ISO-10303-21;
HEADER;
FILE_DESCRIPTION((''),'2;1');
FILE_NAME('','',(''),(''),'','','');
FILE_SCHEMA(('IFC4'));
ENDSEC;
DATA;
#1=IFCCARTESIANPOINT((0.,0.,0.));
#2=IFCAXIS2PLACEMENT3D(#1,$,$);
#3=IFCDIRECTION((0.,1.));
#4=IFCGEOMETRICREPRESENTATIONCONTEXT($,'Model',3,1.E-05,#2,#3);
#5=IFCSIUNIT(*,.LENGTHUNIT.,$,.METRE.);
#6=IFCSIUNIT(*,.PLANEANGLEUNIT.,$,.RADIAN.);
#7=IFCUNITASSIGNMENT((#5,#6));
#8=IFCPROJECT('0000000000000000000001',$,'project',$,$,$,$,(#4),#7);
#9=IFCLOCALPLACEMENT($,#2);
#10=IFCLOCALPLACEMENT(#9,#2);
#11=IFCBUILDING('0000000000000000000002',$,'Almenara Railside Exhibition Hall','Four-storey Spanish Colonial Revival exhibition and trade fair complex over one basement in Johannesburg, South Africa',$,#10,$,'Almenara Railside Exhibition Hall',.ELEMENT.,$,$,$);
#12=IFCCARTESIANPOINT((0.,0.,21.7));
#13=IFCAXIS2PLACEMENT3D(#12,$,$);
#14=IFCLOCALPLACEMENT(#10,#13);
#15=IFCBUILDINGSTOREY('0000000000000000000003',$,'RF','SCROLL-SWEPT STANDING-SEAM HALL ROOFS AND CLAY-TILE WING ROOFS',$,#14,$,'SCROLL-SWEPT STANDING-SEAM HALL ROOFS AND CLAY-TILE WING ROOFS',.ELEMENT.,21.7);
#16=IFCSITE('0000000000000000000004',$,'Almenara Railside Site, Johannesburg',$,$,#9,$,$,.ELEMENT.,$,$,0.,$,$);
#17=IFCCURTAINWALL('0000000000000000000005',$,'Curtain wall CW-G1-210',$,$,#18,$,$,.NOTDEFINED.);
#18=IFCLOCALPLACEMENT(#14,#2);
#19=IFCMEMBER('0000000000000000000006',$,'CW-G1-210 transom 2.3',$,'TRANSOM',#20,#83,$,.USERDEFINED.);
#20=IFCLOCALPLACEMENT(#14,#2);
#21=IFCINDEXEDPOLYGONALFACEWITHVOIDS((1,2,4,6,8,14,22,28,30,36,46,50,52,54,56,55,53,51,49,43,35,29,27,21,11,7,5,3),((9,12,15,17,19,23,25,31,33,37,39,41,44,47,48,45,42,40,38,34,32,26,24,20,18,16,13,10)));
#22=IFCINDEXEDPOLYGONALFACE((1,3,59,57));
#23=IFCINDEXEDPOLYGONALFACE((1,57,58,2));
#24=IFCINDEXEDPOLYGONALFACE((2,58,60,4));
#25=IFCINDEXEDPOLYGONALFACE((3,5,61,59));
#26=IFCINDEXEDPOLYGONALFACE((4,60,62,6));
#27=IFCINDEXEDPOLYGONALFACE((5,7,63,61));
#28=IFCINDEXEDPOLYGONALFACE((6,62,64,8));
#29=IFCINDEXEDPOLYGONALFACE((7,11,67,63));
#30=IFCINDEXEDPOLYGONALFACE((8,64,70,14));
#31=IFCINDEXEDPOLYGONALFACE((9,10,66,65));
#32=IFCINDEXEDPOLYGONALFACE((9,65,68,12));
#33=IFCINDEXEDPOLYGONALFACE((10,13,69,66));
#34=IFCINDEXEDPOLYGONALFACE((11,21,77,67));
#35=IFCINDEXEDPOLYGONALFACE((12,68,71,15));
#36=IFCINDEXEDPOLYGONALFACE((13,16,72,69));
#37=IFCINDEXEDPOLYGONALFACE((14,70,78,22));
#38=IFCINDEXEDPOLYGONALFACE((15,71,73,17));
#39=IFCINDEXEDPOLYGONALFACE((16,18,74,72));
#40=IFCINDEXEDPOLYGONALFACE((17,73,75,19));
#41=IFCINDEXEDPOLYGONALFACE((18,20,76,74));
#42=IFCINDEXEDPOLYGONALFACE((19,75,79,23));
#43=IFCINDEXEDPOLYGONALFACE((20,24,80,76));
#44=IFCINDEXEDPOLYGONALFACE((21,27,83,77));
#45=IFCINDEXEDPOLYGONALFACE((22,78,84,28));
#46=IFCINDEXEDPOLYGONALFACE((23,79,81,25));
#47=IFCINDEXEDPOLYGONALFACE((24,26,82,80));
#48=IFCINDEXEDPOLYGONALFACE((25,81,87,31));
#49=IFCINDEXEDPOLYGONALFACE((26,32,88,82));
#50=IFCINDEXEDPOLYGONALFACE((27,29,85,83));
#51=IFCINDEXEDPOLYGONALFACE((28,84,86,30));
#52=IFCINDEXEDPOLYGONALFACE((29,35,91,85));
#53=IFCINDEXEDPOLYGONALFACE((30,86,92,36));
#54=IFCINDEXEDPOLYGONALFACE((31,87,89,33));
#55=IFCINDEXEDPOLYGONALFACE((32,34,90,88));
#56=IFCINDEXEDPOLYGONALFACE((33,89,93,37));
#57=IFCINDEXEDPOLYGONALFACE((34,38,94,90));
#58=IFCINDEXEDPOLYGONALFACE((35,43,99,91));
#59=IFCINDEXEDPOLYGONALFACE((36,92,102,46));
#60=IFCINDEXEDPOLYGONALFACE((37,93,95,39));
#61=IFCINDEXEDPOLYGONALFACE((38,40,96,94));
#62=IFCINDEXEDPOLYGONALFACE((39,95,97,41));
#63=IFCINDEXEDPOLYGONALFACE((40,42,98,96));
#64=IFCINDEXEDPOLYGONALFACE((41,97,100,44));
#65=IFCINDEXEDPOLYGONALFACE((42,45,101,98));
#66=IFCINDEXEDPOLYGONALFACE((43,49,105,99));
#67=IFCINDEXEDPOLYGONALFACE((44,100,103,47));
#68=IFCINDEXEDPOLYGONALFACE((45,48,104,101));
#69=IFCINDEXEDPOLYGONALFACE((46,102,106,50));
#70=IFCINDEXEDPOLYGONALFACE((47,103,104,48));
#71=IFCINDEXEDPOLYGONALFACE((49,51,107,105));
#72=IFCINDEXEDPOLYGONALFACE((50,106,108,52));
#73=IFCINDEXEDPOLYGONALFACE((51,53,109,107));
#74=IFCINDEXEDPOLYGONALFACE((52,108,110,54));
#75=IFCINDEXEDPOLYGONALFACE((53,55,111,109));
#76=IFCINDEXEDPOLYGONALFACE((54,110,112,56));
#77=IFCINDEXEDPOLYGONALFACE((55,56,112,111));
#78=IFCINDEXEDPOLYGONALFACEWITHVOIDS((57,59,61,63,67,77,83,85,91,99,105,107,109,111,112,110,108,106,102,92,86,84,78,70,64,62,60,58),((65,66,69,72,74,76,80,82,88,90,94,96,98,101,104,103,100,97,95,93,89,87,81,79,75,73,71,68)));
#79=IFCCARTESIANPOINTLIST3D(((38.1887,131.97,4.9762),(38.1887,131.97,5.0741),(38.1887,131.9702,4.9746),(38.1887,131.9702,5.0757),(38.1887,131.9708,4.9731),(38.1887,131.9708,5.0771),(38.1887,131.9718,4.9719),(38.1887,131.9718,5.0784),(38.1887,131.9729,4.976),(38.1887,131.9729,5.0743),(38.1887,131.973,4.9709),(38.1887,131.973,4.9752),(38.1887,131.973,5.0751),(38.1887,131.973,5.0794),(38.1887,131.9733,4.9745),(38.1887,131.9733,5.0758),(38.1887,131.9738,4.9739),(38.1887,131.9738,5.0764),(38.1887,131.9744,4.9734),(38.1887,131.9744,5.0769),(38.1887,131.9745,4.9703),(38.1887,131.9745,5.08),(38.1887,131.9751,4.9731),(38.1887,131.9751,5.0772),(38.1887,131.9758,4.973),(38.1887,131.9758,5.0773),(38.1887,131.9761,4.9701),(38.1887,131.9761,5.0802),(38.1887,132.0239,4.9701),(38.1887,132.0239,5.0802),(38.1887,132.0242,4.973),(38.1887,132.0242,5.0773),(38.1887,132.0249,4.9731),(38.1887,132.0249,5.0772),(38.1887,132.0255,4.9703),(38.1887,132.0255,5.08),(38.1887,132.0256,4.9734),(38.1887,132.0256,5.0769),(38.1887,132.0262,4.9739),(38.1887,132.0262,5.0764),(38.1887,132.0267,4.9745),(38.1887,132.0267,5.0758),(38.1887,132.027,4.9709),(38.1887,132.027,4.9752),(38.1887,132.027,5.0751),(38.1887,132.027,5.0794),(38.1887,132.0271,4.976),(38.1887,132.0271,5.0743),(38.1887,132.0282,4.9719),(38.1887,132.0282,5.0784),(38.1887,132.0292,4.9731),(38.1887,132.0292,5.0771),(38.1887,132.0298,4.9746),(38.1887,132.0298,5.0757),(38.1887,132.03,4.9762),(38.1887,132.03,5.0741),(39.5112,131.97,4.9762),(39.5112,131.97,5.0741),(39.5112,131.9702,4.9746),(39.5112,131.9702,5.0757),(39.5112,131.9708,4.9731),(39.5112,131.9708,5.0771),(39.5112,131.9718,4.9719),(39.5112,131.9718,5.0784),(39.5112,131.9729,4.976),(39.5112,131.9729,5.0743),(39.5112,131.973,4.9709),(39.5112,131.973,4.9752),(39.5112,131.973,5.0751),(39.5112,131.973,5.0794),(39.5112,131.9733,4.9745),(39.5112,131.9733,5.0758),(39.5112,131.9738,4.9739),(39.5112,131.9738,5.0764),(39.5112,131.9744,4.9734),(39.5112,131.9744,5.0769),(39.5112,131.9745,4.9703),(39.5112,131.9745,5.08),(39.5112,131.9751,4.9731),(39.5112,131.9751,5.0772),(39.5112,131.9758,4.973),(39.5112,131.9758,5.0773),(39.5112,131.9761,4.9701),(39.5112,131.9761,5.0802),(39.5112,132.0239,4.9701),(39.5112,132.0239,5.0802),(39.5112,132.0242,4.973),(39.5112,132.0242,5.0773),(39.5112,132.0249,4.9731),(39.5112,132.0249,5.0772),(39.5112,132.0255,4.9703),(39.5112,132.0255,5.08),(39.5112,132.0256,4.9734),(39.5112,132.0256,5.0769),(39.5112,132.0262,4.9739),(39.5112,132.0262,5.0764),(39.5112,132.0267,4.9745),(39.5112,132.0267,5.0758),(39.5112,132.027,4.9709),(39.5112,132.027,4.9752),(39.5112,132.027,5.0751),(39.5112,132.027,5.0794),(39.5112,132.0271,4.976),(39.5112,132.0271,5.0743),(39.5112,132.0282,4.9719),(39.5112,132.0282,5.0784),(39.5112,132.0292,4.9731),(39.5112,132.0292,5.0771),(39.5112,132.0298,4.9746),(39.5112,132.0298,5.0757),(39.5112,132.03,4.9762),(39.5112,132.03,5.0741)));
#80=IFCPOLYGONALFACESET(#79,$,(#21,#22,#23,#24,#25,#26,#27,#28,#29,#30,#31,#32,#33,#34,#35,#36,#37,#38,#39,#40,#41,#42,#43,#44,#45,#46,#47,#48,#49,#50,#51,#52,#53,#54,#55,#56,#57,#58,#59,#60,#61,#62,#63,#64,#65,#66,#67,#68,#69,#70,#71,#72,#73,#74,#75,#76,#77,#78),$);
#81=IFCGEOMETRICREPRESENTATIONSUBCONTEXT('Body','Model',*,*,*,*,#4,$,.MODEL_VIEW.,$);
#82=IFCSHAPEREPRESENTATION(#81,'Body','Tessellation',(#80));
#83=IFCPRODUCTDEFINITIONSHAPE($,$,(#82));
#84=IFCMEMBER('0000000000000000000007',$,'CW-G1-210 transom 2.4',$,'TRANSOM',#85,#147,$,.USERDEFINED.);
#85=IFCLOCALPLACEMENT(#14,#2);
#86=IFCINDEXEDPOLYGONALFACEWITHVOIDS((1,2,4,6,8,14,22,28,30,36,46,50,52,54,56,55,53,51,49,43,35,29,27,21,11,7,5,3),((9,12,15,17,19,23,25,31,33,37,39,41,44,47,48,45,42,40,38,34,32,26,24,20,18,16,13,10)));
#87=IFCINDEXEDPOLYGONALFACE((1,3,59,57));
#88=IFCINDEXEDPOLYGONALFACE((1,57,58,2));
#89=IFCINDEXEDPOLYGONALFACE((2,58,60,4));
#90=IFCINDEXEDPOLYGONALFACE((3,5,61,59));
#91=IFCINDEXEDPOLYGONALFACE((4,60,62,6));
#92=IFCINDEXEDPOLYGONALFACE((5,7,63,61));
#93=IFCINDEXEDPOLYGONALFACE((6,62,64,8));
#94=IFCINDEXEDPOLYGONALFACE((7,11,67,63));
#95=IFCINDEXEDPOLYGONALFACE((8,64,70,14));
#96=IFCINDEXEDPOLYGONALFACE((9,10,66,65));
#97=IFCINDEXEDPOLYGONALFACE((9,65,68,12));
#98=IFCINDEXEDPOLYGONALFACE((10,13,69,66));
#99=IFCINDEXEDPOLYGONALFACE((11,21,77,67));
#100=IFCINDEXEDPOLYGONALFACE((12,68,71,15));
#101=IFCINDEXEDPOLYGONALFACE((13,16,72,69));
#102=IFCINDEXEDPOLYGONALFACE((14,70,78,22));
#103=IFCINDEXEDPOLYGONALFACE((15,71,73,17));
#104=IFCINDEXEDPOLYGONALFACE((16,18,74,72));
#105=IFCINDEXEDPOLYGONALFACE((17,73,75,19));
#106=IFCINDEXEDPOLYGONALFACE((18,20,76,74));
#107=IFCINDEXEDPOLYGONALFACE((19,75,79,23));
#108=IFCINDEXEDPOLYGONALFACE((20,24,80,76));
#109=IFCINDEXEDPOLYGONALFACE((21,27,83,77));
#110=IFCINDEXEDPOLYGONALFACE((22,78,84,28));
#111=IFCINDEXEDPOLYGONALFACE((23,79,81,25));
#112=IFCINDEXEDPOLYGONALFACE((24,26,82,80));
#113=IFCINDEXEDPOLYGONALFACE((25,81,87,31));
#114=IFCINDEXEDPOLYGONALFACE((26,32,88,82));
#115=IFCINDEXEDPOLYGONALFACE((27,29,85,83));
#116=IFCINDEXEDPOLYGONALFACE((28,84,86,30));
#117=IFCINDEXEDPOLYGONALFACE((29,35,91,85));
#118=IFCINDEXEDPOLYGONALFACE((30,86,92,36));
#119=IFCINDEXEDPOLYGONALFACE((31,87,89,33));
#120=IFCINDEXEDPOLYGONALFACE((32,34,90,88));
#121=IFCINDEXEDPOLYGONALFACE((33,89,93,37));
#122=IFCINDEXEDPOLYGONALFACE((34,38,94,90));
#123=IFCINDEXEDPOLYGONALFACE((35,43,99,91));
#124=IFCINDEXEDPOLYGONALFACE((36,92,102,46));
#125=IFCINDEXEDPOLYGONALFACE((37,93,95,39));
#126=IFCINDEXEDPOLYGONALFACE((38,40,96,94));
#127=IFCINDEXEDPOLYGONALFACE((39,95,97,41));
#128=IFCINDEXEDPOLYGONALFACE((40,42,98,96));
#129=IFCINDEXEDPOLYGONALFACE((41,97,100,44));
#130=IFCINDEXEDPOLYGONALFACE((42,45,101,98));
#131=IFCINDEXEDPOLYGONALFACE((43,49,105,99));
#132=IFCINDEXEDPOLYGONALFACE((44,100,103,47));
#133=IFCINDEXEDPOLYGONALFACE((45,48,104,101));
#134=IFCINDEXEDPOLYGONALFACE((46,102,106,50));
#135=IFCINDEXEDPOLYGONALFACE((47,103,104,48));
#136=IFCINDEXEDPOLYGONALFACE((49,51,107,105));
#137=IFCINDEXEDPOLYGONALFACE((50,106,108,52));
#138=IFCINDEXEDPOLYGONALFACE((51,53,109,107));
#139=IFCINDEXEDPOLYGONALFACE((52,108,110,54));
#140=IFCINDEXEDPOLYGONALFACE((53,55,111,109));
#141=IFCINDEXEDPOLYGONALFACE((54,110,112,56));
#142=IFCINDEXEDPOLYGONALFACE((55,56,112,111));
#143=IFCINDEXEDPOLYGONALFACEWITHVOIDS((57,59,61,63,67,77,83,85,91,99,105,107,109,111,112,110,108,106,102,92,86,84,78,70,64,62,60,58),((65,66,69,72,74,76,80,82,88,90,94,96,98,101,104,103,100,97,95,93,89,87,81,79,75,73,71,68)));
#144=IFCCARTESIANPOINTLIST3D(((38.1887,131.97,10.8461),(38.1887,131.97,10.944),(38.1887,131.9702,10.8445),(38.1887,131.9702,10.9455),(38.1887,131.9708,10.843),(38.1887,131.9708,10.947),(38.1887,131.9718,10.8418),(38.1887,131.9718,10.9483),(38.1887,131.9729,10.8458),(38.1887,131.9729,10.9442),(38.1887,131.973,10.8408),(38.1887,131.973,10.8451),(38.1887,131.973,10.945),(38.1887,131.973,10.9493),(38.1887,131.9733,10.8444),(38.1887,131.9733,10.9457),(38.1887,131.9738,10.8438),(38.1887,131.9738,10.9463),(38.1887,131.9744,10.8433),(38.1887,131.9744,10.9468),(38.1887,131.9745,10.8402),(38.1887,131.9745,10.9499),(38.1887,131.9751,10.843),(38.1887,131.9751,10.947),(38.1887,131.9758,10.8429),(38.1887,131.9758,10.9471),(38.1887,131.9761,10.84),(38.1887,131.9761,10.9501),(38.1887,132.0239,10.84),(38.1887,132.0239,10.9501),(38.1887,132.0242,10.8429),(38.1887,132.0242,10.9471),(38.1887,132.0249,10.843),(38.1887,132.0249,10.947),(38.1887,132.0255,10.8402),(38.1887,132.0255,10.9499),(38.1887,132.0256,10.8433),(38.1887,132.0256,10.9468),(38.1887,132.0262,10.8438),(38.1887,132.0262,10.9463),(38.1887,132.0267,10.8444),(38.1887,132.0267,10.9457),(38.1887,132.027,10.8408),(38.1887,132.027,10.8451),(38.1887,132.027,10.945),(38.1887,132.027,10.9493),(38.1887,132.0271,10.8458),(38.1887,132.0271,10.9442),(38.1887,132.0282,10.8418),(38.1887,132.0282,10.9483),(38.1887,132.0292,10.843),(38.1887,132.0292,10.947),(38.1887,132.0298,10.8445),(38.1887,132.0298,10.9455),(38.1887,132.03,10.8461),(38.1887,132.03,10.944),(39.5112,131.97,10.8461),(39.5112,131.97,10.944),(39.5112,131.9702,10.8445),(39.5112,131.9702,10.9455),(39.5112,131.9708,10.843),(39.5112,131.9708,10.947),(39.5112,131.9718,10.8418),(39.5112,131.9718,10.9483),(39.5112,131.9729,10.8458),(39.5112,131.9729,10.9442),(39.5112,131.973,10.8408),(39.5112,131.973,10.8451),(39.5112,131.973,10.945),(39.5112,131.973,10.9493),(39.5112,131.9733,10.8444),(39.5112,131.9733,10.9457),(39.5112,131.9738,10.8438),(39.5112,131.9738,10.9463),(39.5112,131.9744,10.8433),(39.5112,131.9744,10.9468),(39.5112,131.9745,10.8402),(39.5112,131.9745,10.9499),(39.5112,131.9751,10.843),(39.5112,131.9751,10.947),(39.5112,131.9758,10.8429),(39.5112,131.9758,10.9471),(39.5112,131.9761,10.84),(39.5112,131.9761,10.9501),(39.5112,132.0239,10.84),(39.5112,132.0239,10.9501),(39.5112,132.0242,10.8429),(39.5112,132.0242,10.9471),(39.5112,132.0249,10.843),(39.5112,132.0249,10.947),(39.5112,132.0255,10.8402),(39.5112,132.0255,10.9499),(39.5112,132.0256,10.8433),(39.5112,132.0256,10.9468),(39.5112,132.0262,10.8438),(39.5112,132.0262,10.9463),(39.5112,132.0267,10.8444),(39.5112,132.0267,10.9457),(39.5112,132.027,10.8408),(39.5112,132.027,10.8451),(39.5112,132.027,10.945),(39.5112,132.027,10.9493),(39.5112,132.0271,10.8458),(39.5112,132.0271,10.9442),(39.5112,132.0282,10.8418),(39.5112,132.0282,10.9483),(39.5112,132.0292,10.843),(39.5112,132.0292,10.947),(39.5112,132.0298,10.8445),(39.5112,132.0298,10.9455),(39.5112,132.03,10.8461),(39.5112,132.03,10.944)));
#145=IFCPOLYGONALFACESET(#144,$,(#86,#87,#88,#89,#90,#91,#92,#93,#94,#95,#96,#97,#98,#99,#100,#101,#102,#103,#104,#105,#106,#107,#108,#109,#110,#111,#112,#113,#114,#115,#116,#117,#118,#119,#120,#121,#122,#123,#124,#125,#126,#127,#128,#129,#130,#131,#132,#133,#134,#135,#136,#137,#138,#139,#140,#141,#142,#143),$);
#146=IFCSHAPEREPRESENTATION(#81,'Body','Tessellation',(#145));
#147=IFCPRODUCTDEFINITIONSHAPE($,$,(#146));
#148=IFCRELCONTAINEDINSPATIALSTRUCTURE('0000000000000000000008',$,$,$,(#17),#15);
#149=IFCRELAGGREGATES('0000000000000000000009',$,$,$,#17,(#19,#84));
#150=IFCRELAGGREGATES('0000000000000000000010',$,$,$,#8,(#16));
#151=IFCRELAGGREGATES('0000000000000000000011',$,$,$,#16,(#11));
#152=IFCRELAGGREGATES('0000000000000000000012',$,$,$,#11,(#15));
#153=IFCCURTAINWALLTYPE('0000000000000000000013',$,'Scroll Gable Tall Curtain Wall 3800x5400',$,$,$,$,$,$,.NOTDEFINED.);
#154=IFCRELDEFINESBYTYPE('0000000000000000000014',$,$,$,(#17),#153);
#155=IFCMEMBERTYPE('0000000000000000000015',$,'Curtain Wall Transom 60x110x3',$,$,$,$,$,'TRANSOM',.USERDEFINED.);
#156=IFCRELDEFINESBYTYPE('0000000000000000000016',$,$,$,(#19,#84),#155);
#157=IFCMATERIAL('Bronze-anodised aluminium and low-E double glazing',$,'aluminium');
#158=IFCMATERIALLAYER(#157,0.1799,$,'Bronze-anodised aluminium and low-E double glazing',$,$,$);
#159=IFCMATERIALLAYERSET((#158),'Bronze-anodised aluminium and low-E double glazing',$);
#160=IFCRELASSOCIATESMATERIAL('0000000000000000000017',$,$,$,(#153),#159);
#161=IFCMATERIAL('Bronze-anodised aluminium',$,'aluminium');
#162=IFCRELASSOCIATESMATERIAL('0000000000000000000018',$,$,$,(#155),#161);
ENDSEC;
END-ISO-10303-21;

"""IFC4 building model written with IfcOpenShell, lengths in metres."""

from ifc_helpers import new_model, si_unit, direction, frame, origin, origin_2d, place, context, subcontext, project, spatial, hollow_rectangle, extrude, material, layer, layer_set, material_profile, profile_set, type_object, element, aggregate, save


model = new_model("IFC4")

# Units and contexts
model_context = context("Model", 3, precision=1e-05, world=origin(), true_north=direction((0.0, 1.0)))
body_context = subcontext(model_context, "Body", "Model", "MODEL_VIEW")
ifc_project = project(units=[si_unit("LENGTHUNIT", "METRE"), si_unit("PLANEANGLEUNIT", "RADIAN")], contexts=[model_context])

# Site, building, storey
site_placement = place(None, origin())
site = spatial("IfcSite", under=ifc_project, at=site_placement, Name="Almenara Railside Site, Johannesburg", CompositionType="ELEMENT", RefElevation=0.0)
building_placement = place(site_placement, origin())
building = spatial("IfcBuilding", under=site, at=building_placement, Name="Almenara Railside Exhibition Hall", Description="Four-storey Spanish Colonial Revival exhibition and trade fair complex over one basement in Johannesburg, South Africa", LongName="Almenara Railside Exhibition Hall", CompositionType="ELEMENT")
storey_placement = place(building_placement, frame((0.0, 0.0, 21.7)))
storey = spatial("IfcBuildingStorey", under=building, at=storey_placement, Name="RF", Description="SCROLL-SWEPT STANDING-SEAM HALL ROOFS AND CLAY-TILE WING ROOFS", LongName="SCROLL-SWEPT STANDING-SEAM HALL ROOFS AND CLAY-TILE WING ROOFS", CompositionType="ELEMENT", Elevation=21.7)

# Curtain wall, members
ifc_material_1 = material(Name="Bronze-anodised aluminium and low-E double glazing", Category="aluminium")
ifc_layer_1 = layer(ifc_material_1, 0.1799, Name="Bronze-anodised aluminium and low-E double glazing")
ifc_layer_set_1 = layer_set([ifc_layer_1], Name="Bronze-anodised aluminium and low-E double glazing")
curtain_wall_type = type_object("IfcCurtainWallType", Name="Scroll Gable Tall Curtain Wall 3800x5400", PredefinedType="NOTDEFINED", material=ifc_layer_set_1)
ifc_material_2 = material(Name="Bronze-anodised aluminium", Category="aluminium")
curtain_wall_1_placement = place(storey_placement, origin())
curtain_wall_1 = element("IfcCurtainWall", 1, at=curtain_wall_1_placement, inside=storey, type_object=curtain_wall_type, Name="Curtain wall CW-G1-210", PredefinedType="NOTDEFINED")
ifc_material_profile_1 = material_profile(ifc_material_2, hollow_rectangle(XDim=0.0601, YDim=0.1101, WallThickness=0.0029, InnerFilletRadius=0.0029, OuterFilletRadius=0.0061, at=origin_2d()), Name="ALU-TRN 60x110x3")
ifc_profile_set_1 = profile_set([ifc_material_profile_1], Name="Bronze-anodised aluminium")
member_type_1 = type_object("IfcMemberType", Name="Curtain Wall Transom 60x110x3", ElementType="TRANSOM", PredefinedType="USERDEFINED", material=ifc_profile_set_1)
member_1_placement = place(storey_placement, frame((38.1887, 132.0, 5.0251), z_axis=(1.0, 0.0, 0.0), x_axis=(0.0, 1.0, 0.0)))
member_1 = element("IfcMember", 2, at=member_1_placement, type_object=member_type_1, Name="CW-G1-210 transom 2.3", ObjectType="TRANSOM", PredefinedType="USERDEFINED", context=body_context, shape_type="SweptSolid", body=[
    extrude(hollow_rectangle(XDim=0.0601, YDim=0.1101, WallThickness=0.0029, InnerFilletRadius=0.0029, OuterFilletRadius=0.0061, at=origin_2d()), origin(), (0.0, 0.0, 1.0), 1.3225),
])
member_2_placement = place(storey_placement, frame((38.1887, 132.0, 10.895), z_axis=(1.0, 0.0, 0.0), x_axis=(0.0, 1.0, 0.0)))
member_2 = element("IfcMember", 3, at=member_2_placement, type_object=member_type_1, Name="CW-G1-210 transom 2.4", ObjectType="TRANSOM", PredefinedType="USERDEFINED", context=body_context, shape_type="SweptSolid", body=[
    extrude(hollow_rectangle(XDim=0.0601, YDim=0.1101, WallThickness=0.0029, InnerFilletRadius=0.0029, OuterFilletRadius=0.0061, at=origin_2d()), origin(), (0.0, 0.0, 1.0), 1.3225),
])

aggregate(curtain_wall_1, [member_1, member_2])

save(model, "model.ifc")
